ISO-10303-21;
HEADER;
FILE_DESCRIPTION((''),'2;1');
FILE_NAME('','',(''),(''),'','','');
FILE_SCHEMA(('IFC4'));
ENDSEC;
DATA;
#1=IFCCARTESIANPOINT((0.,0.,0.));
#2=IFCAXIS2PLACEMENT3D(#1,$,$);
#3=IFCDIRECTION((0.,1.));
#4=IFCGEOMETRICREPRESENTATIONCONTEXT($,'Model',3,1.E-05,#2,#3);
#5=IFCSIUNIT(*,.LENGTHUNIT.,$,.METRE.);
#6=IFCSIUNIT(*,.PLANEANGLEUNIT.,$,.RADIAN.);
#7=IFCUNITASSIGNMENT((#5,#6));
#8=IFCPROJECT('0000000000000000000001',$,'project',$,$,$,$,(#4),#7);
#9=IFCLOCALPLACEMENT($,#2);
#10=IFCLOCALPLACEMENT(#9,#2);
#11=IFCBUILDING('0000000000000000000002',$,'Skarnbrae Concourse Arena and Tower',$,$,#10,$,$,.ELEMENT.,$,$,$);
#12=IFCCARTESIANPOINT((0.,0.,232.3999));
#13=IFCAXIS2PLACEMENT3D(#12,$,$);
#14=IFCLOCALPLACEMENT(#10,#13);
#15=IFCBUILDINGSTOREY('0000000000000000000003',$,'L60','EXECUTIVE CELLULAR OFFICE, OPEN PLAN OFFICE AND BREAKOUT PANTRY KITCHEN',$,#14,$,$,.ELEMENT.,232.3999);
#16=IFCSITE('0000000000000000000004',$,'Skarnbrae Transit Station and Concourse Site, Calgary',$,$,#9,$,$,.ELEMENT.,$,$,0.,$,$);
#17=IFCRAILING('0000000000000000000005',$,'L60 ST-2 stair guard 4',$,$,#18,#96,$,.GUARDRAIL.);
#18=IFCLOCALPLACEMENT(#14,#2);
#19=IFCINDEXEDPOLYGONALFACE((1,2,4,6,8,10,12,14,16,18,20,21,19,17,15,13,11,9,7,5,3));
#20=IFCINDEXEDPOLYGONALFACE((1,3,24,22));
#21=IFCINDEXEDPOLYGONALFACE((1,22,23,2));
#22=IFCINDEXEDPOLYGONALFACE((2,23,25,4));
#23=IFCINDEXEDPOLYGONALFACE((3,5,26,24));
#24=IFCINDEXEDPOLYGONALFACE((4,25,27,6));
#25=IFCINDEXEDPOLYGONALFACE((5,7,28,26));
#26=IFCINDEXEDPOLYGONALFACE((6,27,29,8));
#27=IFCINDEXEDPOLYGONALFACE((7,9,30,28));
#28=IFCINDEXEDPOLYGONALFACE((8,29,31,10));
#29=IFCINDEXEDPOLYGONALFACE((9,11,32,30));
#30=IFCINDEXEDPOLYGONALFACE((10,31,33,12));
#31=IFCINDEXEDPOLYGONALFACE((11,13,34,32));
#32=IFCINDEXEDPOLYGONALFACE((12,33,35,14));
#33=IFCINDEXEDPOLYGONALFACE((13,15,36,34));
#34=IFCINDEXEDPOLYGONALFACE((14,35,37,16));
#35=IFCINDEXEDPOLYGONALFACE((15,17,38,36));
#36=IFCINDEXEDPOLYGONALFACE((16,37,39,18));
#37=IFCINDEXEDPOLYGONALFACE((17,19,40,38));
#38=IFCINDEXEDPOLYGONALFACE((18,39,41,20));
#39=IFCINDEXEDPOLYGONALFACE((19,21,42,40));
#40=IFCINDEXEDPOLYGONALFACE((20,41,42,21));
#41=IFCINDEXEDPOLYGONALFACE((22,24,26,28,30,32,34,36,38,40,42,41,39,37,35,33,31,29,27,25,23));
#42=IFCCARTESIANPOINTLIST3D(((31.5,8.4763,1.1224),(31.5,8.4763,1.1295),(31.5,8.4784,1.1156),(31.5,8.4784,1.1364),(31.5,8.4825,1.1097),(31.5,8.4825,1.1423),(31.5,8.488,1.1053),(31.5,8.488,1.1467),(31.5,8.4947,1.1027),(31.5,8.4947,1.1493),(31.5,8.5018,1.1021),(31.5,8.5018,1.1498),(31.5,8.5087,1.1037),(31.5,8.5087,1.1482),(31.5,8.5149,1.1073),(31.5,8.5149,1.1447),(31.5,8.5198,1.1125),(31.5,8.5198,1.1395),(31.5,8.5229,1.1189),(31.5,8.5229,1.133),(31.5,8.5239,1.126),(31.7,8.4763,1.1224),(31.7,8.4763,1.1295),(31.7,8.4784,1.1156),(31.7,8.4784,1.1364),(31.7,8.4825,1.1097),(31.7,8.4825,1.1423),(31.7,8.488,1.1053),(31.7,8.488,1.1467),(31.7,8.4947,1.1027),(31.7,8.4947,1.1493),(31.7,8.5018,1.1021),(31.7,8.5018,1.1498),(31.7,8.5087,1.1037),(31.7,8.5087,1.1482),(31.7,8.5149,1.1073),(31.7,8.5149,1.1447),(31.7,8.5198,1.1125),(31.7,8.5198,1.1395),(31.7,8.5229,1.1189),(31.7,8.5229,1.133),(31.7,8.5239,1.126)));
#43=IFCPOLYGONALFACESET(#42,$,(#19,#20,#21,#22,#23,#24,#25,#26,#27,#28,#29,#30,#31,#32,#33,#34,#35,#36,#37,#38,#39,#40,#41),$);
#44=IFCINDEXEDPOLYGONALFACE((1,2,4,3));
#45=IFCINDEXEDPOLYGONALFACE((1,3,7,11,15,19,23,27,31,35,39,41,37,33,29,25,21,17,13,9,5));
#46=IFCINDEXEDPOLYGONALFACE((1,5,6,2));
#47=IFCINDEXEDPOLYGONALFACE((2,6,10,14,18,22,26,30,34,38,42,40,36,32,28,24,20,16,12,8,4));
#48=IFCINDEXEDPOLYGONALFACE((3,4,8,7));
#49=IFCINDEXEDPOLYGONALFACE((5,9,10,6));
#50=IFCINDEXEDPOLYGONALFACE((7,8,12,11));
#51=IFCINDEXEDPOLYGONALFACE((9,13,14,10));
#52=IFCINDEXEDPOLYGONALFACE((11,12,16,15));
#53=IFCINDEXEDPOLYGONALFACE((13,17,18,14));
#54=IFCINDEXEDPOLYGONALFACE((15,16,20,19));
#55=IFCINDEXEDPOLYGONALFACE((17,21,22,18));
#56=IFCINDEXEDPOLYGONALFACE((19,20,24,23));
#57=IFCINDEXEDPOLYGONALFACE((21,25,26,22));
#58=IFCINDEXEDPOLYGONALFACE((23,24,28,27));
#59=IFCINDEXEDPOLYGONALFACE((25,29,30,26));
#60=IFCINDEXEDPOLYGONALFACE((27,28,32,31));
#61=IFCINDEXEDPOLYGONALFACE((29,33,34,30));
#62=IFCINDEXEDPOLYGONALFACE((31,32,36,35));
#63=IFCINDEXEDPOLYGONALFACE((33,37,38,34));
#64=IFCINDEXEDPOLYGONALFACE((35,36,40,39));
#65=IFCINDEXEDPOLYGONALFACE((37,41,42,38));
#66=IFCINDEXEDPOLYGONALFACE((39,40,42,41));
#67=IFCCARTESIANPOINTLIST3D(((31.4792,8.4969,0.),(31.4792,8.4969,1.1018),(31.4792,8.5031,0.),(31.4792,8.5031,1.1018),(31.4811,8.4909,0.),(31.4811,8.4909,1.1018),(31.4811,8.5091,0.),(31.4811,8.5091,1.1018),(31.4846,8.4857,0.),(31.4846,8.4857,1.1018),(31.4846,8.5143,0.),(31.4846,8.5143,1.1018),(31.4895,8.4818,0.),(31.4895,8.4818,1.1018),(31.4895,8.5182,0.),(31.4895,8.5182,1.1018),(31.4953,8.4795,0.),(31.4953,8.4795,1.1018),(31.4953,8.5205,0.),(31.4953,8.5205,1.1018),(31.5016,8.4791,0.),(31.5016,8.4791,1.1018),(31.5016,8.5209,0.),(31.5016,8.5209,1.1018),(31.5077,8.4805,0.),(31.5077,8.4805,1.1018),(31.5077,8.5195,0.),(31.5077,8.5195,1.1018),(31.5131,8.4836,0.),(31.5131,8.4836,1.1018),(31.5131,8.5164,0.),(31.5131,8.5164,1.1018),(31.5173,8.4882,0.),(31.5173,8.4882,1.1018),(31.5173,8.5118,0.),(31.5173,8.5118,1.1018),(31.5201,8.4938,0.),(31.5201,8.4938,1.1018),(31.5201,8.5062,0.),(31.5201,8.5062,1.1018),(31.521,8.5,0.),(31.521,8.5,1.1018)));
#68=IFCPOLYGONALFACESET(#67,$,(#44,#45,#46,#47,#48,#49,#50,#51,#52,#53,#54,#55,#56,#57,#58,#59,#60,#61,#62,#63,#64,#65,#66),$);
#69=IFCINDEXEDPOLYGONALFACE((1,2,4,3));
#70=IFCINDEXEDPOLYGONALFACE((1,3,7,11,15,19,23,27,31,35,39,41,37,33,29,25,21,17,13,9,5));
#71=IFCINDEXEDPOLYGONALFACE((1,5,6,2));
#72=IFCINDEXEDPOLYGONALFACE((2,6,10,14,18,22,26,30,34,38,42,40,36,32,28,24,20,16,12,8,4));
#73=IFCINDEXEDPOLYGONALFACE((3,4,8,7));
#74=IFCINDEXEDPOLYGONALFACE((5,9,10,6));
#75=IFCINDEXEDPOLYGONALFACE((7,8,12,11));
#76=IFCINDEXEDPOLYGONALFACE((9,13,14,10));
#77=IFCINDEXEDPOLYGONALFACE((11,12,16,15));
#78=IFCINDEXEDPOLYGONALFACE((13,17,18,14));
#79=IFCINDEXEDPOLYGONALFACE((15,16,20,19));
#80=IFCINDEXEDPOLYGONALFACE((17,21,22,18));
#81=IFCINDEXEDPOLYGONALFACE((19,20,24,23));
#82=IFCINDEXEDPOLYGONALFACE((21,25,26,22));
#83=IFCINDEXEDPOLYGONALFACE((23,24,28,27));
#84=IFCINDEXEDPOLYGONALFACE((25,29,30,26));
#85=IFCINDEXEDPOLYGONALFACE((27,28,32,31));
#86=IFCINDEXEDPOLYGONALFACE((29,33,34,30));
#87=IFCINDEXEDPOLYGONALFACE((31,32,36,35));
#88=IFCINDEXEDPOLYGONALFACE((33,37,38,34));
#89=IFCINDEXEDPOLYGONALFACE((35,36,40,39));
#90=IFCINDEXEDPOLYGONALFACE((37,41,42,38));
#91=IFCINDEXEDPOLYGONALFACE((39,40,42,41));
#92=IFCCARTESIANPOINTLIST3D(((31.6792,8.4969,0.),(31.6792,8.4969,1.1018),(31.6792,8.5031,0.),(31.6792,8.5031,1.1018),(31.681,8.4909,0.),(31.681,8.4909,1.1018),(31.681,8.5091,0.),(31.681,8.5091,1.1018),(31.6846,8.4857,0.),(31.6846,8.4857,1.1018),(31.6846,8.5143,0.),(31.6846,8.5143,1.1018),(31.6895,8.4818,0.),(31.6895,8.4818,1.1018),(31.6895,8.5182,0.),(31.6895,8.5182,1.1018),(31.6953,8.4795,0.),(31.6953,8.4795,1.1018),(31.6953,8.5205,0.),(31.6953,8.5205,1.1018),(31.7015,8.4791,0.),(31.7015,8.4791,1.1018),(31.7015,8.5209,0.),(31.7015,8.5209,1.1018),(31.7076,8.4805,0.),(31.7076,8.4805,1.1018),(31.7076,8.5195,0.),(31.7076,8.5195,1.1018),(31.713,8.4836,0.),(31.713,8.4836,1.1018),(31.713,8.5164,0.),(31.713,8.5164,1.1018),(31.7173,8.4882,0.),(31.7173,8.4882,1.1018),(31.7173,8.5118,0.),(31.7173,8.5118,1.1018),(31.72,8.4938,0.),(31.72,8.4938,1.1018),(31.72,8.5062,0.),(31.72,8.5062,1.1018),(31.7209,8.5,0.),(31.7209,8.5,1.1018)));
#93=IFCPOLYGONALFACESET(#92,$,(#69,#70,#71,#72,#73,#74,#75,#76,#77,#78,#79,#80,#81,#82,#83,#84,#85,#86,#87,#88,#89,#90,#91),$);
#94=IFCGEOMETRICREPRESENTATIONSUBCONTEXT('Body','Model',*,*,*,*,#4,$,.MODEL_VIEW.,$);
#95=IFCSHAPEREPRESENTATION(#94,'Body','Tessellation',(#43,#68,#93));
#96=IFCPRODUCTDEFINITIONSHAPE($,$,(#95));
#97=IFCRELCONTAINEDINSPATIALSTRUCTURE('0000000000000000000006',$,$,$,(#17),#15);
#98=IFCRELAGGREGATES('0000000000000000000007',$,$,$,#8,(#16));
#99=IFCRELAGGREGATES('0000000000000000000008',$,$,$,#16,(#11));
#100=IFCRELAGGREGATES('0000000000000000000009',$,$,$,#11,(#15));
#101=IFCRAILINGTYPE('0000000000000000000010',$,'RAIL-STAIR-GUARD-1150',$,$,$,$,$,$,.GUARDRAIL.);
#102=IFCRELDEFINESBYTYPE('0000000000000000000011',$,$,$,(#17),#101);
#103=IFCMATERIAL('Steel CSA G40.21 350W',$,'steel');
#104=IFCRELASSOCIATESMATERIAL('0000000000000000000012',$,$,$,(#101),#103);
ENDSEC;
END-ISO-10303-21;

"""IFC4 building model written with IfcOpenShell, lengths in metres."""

from ifc_helpers import new_model, si_unit, direction, frame, origin, origin_2d, place, context, subcontext, project, spatial, circle, extrude, material, type_object, element, save


model = new_model("IFC4")

# Units and contexts
model_context = context("Model", 3, precision=1e-05, world=origin(), true_north=direction((0.0, 1.0)))
body_context = subcontext(model_context, "Body", "Model", "MODEL_VIEW")
ifc_project = project(units=[si_unit("LENGTHUNIT", "METRE"), si_unit("PLANEANGLEUNIT", "RADIAN")], contexts=[model_context])

# Site, building, storey
site_placement = place(None, origin())
site = spatial("IfcSite", under=ifc_project, at=site_placement, Name="Skarnbrae Transit Station and Concourse Site, Calgary", CompositionType="ELEMENT", RefElevation=0.0)
building_placement = place(site_placement, origin())
building = spatial("IfcBuilding", under=site, at=building_placement, Name="Skarnbrae Concourse Arena and Tower", CompositionType="ELEMENT")
storey_placement = place(building_placement, frame((0.0, 0.0, 232.3999)))
storey = spatial("IfcBuildingStorey", under=building, at=storey_placement, Name="L60", Description="EXECUTIVE CELLULAR OFFICE, OPEN PLAN OFFICE AND BREAKOUT PANTRY KITCHEN", CompositionType="ELEMENT", Elevation=232.3999)

# Shared definitions
ifc_material_1 = material(Name="Steel CSA G40.21 350W", Category="steel")

# Railing
railing_type = type_object("IfcRailingType", Name="RAIL-STAIR-GUARD-1150", PredefinedType="GUARDRAIL", material=ifc_material_1)
railing_1_placement = place(storey_placement, frame((31.5, 8.5, 0.0)))
element("IfcRailing", 1, at=railing_1_placement, inside=storey, type_object=railing_type, Name="L60 ST-2 stair guard 4", PredefinedType="GUARDRAIL", context=body_context, shape_type="SweptSolid", body=[
    extrude(circle(Radius=0.0239, at=origin_2d()), frame((0.0, 0.0, 1.126), z_axis=(1.0, 0.0, 0.0), x_axis=(0.0, 1.0, 0.0)), (0.0, 0.0, 1.0), 0.2),
    extrude(circle(Radius=0.021, at=origin_2d()), origin(), (0.0, 0.0, 1.0), 1.1018),
    extrude(circle(Radius=0.021, at=origin_2d()), frame((0.2, 0.0, 0.0)), (0.0, 0.0, 1.0), 1.1018),
])

save(model, "model.ifc")
